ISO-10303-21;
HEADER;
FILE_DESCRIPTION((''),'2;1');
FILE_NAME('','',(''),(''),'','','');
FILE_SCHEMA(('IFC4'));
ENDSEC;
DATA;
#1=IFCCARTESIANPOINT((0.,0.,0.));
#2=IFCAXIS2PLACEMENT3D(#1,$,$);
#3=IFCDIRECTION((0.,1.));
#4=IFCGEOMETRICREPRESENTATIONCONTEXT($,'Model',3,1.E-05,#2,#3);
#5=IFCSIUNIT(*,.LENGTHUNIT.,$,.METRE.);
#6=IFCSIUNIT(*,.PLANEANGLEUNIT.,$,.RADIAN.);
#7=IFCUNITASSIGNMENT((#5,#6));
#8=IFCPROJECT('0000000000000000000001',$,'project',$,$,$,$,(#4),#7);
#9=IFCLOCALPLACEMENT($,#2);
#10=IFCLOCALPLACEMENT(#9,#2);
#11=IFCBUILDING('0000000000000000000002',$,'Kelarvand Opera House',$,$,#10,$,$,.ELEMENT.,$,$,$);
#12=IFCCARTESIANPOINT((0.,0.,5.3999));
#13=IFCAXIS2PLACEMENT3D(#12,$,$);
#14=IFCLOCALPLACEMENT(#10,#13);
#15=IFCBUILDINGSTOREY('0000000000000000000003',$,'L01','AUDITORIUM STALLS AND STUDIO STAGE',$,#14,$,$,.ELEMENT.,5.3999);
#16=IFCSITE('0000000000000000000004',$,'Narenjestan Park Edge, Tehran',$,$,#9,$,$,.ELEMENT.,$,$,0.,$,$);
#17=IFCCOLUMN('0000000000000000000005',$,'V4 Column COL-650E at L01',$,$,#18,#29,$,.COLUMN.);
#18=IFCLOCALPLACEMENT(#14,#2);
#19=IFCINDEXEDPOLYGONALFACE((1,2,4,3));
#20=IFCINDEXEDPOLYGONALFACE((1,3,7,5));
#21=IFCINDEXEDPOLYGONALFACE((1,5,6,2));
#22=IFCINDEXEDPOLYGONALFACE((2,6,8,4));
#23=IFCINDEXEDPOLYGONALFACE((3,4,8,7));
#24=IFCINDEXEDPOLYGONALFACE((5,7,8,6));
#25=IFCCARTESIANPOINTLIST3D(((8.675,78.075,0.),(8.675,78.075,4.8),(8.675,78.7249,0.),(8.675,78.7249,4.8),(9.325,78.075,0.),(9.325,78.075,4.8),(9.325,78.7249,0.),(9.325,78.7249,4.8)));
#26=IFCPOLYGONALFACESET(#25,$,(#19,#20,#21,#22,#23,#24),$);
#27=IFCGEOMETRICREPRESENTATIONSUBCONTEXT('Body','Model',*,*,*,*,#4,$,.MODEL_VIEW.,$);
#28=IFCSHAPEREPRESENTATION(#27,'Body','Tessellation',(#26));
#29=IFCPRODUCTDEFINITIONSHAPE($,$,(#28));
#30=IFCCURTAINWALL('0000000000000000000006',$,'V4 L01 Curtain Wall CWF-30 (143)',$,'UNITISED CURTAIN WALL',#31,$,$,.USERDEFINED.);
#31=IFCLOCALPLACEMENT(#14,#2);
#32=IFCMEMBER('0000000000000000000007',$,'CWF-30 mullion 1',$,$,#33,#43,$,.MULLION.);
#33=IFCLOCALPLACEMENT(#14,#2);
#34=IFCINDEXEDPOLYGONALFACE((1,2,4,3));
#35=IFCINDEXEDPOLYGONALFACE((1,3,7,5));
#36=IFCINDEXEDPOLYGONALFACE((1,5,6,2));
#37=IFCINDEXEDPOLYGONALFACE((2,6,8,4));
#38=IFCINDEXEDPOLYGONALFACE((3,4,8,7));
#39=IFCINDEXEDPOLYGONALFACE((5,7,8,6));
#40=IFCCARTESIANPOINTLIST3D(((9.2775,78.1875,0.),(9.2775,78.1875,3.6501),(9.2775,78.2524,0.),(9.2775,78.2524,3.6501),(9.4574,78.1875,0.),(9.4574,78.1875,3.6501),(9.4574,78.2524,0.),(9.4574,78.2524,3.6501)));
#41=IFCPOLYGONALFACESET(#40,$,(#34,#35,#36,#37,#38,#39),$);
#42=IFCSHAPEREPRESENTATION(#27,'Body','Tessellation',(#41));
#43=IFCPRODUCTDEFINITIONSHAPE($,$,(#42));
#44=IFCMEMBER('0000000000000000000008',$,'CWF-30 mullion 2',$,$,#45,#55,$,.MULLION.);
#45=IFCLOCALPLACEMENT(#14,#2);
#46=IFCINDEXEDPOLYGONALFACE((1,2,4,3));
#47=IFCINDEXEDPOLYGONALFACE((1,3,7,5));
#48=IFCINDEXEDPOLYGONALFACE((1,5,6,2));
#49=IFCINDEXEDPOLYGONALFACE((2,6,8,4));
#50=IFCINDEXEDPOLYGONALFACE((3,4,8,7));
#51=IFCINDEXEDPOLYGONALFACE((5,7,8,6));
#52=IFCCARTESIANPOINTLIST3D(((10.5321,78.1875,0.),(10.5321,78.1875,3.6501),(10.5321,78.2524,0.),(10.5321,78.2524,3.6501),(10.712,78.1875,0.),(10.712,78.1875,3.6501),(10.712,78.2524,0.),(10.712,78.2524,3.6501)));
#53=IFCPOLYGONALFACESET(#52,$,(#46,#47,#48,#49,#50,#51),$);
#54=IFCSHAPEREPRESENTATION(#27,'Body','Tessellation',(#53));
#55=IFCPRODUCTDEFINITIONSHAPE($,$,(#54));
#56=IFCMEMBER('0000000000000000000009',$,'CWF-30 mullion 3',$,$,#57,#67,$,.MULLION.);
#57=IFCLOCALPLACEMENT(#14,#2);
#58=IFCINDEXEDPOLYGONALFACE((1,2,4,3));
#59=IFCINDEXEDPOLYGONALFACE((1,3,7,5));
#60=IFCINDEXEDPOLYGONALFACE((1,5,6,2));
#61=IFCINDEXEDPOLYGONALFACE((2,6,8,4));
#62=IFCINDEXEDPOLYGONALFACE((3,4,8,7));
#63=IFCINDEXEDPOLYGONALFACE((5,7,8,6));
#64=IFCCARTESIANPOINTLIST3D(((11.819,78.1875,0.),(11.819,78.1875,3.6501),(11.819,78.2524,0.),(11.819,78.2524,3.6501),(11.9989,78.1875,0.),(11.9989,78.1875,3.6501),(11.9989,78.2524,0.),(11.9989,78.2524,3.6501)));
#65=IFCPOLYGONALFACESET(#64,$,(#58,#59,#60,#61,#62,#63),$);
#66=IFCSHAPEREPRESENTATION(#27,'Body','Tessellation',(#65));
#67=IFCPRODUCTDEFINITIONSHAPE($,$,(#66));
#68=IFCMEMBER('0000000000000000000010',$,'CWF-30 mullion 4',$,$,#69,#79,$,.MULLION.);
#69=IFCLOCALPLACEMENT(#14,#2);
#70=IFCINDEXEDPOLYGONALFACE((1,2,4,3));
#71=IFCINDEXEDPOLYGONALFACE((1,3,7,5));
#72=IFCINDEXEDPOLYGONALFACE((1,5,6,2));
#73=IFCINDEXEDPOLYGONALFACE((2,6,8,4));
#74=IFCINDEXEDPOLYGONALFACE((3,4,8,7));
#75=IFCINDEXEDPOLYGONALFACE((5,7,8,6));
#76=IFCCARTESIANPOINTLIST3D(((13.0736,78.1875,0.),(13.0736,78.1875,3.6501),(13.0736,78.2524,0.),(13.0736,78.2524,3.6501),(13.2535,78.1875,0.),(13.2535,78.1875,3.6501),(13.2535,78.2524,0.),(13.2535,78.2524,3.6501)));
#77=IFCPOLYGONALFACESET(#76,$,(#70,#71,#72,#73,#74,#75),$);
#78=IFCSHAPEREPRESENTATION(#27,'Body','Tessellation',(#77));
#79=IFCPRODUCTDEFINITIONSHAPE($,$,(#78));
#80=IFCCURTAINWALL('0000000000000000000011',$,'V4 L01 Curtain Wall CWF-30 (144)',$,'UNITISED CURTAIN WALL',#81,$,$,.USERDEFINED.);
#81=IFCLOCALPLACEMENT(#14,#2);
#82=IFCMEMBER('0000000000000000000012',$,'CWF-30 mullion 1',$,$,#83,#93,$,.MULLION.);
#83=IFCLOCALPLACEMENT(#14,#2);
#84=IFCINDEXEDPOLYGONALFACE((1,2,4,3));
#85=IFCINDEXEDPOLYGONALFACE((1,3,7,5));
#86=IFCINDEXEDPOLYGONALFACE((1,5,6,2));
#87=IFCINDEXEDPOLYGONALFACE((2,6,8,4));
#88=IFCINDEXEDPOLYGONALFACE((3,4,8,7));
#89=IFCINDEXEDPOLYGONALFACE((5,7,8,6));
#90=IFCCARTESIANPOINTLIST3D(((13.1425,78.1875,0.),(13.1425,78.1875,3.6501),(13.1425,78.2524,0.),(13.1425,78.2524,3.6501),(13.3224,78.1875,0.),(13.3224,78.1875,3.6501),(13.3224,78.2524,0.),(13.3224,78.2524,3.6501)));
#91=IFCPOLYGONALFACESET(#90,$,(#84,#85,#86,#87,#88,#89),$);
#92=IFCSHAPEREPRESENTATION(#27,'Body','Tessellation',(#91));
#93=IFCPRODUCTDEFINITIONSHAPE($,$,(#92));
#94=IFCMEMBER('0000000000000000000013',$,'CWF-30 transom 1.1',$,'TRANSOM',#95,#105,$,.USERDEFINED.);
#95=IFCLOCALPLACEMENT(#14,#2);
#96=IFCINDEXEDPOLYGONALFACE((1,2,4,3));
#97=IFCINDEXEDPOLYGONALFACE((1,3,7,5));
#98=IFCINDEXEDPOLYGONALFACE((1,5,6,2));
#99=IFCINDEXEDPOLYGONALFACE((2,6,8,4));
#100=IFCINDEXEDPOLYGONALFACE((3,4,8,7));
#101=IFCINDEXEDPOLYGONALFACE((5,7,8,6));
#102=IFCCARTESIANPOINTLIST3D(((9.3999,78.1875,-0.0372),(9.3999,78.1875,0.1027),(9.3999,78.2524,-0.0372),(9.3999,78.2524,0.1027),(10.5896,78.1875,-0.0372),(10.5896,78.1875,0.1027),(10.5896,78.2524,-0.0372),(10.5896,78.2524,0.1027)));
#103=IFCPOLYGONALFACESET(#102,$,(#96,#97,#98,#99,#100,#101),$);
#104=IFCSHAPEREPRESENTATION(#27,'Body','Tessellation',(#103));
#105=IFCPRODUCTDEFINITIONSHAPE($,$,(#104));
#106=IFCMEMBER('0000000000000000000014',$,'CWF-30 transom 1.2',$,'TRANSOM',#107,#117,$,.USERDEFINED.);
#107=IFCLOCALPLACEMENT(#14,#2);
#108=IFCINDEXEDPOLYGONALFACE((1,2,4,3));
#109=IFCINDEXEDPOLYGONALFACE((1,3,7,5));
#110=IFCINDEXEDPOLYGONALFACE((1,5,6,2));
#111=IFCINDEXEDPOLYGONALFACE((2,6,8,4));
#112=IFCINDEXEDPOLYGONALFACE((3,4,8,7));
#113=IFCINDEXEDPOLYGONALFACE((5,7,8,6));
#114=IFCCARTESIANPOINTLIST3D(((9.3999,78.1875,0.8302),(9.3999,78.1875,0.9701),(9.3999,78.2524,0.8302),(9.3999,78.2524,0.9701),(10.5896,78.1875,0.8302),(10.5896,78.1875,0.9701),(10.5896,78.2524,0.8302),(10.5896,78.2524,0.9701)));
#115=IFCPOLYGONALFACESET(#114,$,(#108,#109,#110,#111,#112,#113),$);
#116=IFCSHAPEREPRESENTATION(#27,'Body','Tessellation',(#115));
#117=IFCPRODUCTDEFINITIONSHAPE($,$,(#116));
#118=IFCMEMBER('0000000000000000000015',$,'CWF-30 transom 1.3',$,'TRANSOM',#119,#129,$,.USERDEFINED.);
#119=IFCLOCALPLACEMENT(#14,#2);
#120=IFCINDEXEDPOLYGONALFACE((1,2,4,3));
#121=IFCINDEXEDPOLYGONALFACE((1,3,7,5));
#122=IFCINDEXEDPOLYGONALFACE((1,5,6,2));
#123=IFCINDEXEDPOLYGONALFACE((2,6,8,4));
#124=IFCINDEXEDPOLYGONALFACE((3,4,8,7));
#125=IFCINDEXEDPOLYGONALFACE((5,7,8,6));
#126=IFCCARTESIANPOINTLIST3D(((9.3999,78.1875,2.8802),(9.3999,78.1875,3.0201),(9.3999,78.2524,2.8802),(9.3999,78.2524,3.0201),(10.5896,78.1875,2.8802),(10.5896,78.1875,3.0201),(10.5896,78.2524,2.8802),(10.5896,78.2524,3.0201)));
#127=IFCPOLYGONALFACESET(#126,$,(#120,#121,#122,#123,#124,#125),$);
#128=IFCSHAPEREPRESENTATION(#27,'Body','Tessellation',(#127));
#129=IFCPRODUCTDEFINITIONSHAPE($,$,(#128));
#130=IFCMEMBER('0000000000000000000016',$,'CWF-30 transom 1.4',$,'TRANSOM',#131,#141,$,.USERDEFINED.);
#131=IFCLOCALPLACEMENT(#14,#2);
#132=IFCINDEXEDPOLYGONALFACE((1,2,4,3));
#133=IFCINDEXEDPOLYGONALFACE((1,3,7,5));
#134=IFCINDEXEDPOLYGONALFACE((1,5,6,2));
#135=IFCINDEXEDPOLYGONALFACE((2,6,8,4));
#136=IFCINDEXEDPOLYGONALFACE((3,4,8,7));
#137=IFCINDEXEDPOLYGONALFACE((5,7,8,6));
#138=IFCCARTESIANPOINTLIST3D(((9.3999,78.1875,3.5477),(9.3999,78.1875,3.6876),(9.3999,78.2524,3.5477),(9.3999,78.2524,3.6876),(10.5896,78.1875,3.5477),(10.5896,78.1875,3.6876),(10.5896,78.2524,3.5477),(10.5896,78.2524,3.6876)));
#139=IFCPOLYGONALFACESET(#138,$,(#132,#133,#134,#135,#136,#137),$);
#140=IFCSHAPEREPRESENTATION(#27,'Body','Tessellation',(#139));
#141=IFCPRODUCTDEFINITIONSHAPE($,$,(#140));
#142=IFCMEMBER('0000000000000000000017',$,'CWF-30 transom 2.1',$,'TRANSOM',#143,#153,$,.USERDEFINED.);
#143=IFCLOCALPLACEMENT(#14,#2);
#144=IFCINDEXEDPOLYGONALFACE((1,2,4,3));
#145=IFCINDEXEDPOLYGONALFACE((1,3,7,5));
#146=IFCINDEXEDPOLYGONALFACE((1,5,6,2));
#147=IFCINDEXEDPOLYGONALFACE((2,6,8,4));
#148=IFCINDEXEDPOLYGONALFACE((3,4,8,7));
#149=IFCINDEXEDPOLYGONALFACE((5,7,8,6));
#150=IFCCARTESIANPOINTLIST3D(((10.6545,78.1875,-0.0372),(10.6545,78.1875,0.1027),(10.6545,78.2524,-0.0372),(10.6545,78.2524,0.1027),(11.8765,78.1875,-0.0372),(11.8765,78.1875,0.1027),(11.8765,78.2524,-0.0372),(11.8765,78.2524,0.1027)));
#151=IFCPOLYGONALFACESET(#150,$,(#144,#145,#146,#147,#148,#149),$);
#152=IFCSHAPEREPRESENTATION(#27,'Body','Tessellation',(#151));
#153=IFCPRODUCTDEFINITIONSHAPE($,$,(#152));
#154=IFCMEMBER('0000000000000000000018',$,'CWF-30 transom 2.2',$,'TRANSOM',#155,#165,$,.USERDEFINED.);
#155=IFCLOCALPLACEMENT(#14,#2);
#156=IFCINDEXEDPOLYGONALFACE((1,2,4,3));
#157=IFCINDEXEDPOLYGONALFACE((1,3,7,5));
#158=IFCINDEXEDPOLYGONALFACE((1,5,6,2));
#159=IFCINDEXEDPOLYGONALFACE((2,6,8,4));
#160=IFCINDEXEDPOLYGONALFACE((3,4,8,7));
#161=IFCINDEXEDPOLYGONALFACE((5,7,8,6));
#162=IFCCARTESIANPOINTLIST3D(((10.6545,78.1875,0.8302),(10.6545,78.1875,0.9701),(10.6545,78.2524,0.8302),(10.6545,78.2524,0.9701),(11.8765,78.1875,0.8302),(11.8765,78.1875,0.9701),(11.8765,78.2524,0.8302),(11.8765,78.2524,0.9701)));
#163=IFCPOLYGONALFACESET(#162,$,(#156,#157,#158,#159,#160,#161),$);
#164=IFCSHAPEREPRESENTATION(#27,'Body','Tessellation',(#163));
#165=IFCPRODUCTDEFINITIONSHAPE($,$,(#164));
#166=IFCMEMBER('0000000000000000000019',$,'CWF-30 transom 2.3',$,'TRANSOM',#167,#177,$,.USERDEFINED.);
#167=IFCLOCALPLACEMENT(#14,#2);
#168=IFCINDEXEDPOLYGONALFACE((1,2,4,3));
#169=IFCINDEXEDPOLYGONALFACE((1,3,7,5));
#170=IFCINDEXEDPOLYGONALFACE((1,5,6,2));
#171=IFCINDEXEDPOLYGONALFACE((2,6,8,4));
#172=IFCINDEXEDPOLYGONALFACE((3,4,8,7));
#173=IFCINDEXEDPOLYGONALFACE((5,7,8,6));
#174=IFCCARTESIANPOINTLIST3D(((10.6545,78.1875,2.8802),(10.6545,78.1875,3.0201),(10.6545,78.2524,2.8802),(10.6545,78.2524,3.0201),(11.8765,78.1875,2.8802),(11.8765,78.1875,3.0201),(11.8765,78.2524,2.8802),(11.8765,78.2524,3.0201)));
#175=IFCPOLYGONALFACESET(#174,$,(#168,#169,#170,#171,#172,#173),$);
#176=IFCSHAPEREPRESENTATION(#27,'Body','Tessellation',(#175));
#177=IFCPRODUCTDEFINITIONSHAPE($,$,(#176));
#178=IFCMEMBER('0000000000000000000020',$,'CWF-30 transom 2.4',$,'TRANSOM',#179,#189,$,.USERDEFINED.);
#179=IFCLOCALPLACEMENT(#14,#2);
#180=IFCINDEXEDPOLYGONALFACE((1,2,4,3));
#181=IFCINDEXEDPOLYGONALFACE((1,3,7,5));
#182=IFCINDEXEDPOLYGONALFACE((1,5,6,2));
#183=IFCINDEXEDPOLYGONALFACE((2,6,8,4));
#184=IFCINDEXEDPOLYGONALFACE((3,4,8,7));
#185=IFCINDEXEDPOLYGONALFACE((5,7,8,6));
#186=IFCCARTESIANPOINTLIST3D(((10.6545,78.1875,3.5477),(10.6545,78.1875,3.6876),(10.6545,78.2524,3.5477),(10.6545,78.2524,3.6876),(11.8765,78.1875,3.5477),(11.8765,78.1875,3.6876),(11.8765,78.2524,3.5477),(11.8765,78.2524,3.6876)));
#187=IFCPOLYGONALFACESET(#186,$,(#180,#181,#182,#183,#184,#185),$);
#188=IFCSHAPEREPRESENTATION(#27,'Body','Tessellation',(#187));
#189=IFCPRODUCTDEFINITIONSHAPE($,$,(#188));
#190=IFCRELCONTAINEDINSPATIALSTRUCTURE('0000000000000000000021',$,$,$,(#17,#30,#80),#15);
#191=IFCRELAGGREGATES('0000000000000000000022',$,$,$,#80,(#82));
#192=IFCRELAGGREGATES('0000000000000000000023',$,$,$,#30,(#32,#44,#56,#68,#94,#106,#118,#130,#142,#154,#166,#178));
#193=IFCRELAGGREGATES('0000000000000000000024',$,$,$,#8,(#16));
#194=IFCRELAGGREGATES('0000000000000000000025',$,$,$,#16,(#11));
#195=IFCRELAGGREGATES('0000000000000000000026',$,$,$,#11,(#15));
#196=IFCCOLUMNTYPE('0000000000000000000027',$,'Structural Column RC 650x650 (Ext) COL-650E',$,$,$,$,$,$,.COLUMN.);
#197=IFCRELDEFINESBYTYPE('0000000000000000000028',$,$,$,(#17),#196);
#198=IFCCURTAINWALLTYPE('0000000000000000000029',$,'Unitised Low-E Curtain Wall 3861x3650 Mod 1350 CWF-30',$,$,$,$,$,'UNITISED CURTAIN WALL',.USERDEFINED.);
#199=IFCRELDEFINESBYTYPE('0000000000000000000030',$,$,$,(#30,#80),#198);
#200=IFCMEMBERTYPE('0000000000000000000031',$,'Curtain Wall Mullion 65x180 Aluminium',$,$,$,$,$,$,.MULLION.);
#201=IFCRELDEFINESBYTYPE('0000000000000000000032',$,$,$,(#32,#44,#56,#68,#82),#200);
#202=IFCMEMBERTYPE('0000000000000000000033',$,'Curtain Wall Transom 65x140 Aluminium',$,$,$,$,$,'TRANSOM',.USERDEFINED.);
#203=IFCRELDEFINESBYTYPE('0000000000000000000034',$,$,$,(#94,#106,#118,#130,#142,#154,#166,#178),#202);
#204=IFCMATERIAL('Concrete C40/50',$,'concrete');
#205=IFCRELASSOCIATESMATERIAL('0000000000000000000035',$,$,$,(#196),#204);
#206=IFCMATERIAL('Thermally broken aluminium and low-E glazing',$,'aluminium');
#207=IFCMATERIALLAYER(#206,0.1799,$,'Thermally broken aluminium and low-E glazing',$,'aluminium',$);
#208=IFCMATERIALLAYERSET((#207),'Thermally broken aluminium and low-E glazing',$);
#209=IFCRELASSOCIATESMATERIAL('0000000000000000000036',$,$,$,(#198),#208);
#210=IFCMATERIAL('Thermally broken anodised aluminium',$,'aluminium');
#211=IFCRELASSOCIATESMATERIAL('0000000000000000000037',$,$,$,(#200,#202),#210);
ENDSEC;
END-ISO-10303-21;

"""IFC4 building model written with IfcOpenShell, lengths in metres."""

from ifc_helpers import new_model, si_unit, direction, frame, origin, origin_2d, place, context, subcontext, project, spatial, rectangle, extrude, material, layer, layer_set, material_profile, profile_set, type_object, element, aggregate, save


model = new_model("IFC4")

# Units and contexts
model_context = context("Model", 3, precision=1e-05, world=origin(), true_north=direction((0.0, 1.0)))
body_context = subcontext(model_context, "Body", "Model", "MODEL_VIEW")
ifc_project = project(units=[si_unit("LENGTHUNIT", "METRE"), si_unit("PLANEANGLEUNIT", "RADIAN")], contexts=[model_context])

# Site, building, storey
site_placement = place(None, origin())
site = spatial("IfcSite", under=ifc_project, at=site_placement, Name="Narenjestan Park Edge, Tehran", CompositionType="ELEMENT", RefElevation=0.0)
building_placement = place(site_placement, origin())
building = spatial("IfcBuilding", under=site, at=building_placement, Name="Kelarvand Opera House", CompositionType="ELEMENT")
storey_placement = place(building_placement, frame((0.0, 0.0, 5.3999)))
storey = spatial("IfcBuildingStorey", under=building, at=storey_placement, Name="L01", Description="AUDITORIUM STALLS AND STUDIO STAGE", CompositionType="ELEMENT", Elevation=5.3999)

# Column
ifc_material_1 = material(Name="Concrete C40/50", Category="concrete")
ifc_material_profile_1 = material_profile(ifc_material_1, rectangle(XDim=0.6499, YDim=0.6499, at=origin_2d()), Name="RC 650x650", Category="concrete")
ifc_profile_set_1 = profile_set([ifc_material_profile_1], Name="Concrete C40/50")
column_type = type_object("IfcColumnType", Name="Structural Column RC 650x650 (Ext) COL-650E", PredefinedType="COLUMN", material=ifc_profile_set_1)
column_placement = place(storey_placement, frame((9.0, 78.3999, 0.0), z_axis=(0.0, 0.0, 1.0), x_axis=(1.0, 0.0, 0.0)))
element("IfcColumn", 1, at=column_placement, inside=storey, type_object=column_type, Name="V4 Column COL-650E at L01", PredefinedType="COLUMN", context=body_context, shape_type="SweptSolid", body=[
    extrude(rectangle(XDim=0.6499, YDim=0.6499, at=origin_2d()), origin(), (0.0, 0.0, 1.0), 4.8),
])

# Curtain wall, members
ifc_material_2 = material(Name="Thermally broken aluminium and low-E glazing", Category="aluminium")
ifc_layer_1 = layer(ifc_material_2, 0.1799, Name="Thermally broken aluminium and low-E glazing", Category="aluminium")
ifc_layer_set_1 = layer_set([ifc_layer_1], Name="Thermally broken aluminium and low-E glazing")
curtain_wall_type = type_object("IfcCurtainWallType", Name="Unitised Low-E Curtain Wall 3861x3650 Mod 1350 CWF-30", ElementType="UNITISED CURTAIN WALL", PredefinedType="USERDEFINED", material=ifc_layer_set_1)
curtain_wall_1_placement = place(storey_placement, origin())
curtain_wall_1 = element("IfcCurtainWall", 2, at=curtain_wall_1_placement, inside=storey, type_object=curtain_wall_type, Name="V4 L01 Curtain Wall CWF-30 (143)", ObjectType="UNITISED CURTAIN WALL", PredefinedType="USERDEFINED")
ifc_material_3 = material(Name="Thermally broken anodised aluminium", Category="aluminium")
ifc_material_profile_2 = material_profile(ifc_material_3, rectangle(XDim=0.0649, YDim=0.1799, at=origin_2d()), Name="ALU MULLION 65x180", Category="aluminium")
ifc_profile_set_2 = profile_set([ifc_material_profile_2], Name="Thermally broken anodised aluminium")
member_type_1 = type_object("IfcMemberType", Name="Curtain Wall Mullion 65x180 Aluminium", PredefinedType="MULLION", material=ifc_profile_set_2)
member_1_placement = place(storey_placement, frame((9.3674, 78.22, 0.0), z_axis=(0.0, 0.0, 1.0), x_axis=(0.0, 1.0, 0.0)))
member_1 = element("IfcMember", 3, at=member_1_placement, type_object=member_type_1, Name="CWF-30 mullion 1", PredefinedType="MULLION", context=body_context, shape_type="SweptSolid", body=[
    extrude(rectangle(XDim=0.0649, YDim=0.1799, at=origin_2d()), origin(), (0.0, 0.0, 1.0), 3.6501),
])
member_2_placement = place(storey_placement, frame((10.6221, 78.22, 0.0), z_axis=(0.0, 0.0, 1.0), x_axis=(0.0, 1.0, 0.0)))
member_2 = element("IfcMember", 4, at=member_2_placement, type_object=member_type_1, Name="CWF-30 mullion 2", PredefinedType="MULLION", context=body_context, shape_type="SweptSolid", body=[
    extrude(rectangle(XDim=0.0649, YDim=0.1799, at=origin_2d()), origin(), (0.0, 0.0, 1.0), 3.6501),
])
member_3_placement = place(storey_placement, frame((11.9089, 78.22, 0.0), z_axis=(0.0, 0.0, 1.0), x_axis=(0.0, 1.0, 0.0)))
member_3 = element("IfcMember", 5, at=member_3_placement, type_object=member_type_1, Name="CWF-30 mullion 3", PredefinedType="MULLION", context=body_context, shape_type="SweptSolid", body=[
    extrude(rectangle(XDim=0.0649, YDim=0.1799, at=origin_2d()), origin(), (0.0, 0.0, 1.0), 3.6501),
])
member_4_placement = place(storey_placement, frame((13.1636, 78.22, 0.0), z_axis=(0.0, 0.0, 1.0), x_axis=(0.0, 1.0, 0.0)))
member_4 = element("IfcMember", 6, at=member_4_placement, type_object=member_type_1, Name="CWF-30 mullion 4", PredefinedType="MULLION", context=body_context, shape_type="SweptSolid", body=[
    extrude(rectangle(XDim=0.0649, YDim=0.1799, at=origin_2d()), origin(), (0.0, 0.0, 1.0), 3.6501),
])

# Curtain wall, member
curtain_wall_2_placement = place(storey_placement, origin())
curtain_wall_2 = element("IfcCurtainWall", 7, at=curtain_wall_2_placement, inside=storey, type_object=curtain_wall_type, Name="V4 L01 Curtain Wall CWF-30 (144)", ObjectType="UNITISED CURTAIN WALL", PredefinedType="USERDEFINED")
member_5_placement = place(storey_placement, frame((13.2324, 78.22, 0.0), z_axis=(0.0, 0.0, 1.0), x_axis=(0.0, 1.0, 0.0)))
member_5 = element("IfcMember", 8, at=member_5_placement, type_object=member_type_1, Name="CWF-30 mullion 1", PredefinedType="MULLION", context=body_context, shape_type="SweptSolid", body=[
    extrude(rectangle(XDim=0.0649, YDim=0.1799, at=origin_2d()), origin(), (0.0, 0.0, 1.0), 3.6501),
])
aggregate(curtain_wall_2, [member_5])

# Members
ifc_material_profile_3 = material_profile(ifc_material_3, rectangle(XDim=0.0649, YDim=0.1399, at=origin_2d()), Name="ALU TRANSOM 65x140", Category="aluminium")
ifc_profile_set_3 = profile_set([ifc_material_profile_3], Name="Thermally broken anodised aluminium")
member_type_2 = type_object("IfcMemberType", Name="Curtain Wall Transom 65x140 Aluminium", ElementType="TRANSOM", PredefinedType="USERDEFINED", material=ifc_profile_set_3)
member_6_placement = place(storey_placement, frame((9.3999, 78.22, 0.0327), z_axis=(1.0, 0.0, 0.0), x_axis=(0.0, 1.0, 0.0)))
member_6 = element("IfcMember", 9, at=member_6_placement, type_object=member_type_2, Name="CWF-30 transom 1.1", ObjectType="TRANSOM", PredefinedType="USERDEFINED", context=body_context, shape_type="SweptSolid", body=[
    extrude(rectangle(XDim=0.0649, YDim=0.1399, at=origin_2d()), origin(), (0.0, 0.0, 1.0), 1.1897),
])
member_7_placement = place(storey_placement, frame((9.3999, 78.22, 0.9001), z_axis=(1.0, 0.0, 0.0), x_axis=(0.0, 1.0, 0.0)))
member_7 = element("IfcMember", 10, at=member_7_placement, type_object=member_type_2, Name="CWF-30 transom 1.2", ObjectType="TRANSOM", PredefinedType="USERDEFINED", context=body_context, shape_type="SweptSolid", body=[
    extrude(rectangle(XDim=0.0649, YDim=0.1399, at=origin_2d()), origin(), (0.0, 0.0, 1.0), 1.1897),
])
member_8_placement = place(storey_placement, frame((9.3999, 78.22, 2.9502), z_axis=(1.0, 0.0, 0.0), x_axis=(0.0, 1.0, 0.0)))
member_8 = element("IfcMember", 11, at=member_8_placement, type_object=member_type_2, Name="CWF-30 transom 1.3", ObjectType="TRANSOM", PredefinedType="USERDEFINED", context=body_context, shape_type="SweptSolid", body=[
    extrude(rectangle(XDim=0.0649, YDim=0.1399, at=origin_2d()), origin(), (0.0, 0.0, 1.0), 1.1897),
])
member_9_placement = place(storey_placement, frame((9.3999, 78.22, 3.6177), z_axis=(1.0, 0.0, 0.0), x_axis=(0.0, 1.0, 0.0)))
member_9 = element("IfcMember", 12, at=member_9_placement, type_object=member_type_2, Name="CWF-30 transom 1.4", ObjectType="TRANSOM", PredefinedType="USERDEFINED", context=body_context, shape_type="SweptSolid", body=[
    extrude(rectangle(XDim=0.0649, YDim=0.1399, at=origin_2d()), origin(), (0.0, 0.0, 1.0), 1.1897),
])
member_10_placement = place(storey_placement, frame((10.6545, 78.22, 0.0327), z_axis=(1.0, 0.0, 0.0), x_axis=(0.0, 1.0, 0.0)))
member_10 = element("IfcMember", 13, at=member_10_placement, type_object=member_type_2, Name="CWF-30 transom 2.1", ObjectType="TRANSOM", PredefinedType="USERDEFINED", context=body_context, shape_type="SweptSolid", body=[
    extrude(rectangle(XDim=0.0649, YDim=0.1399, at=origin_2d()), origin(), (0.0, 0.0, 1.0), 1.2219),
])
member_11_placement = place(storey_placement, frame((10.6545, 78.22, 0.9001), z_axis=(1.0, 0.0, 0.0), x_axis=(0.0, 1.0, 0.0)))
member_11 = element("IfcMember", 14, at=member_11_placement, type_object=member_type_2, Name="CWF-30 transom 2.2", ObjectType="TRANSOM", PredefinedType="USERDEFINED", context=body_context, shape_type="SweptSolid", body=[
    extrude(rectangle(XDim=0.0649, YDim=0.1399, at=origin_2d()), origin(), (0.0, 0.0, 1.0), 1.2219),
])
member_12_placement = place(storey_placement, frame((10.6545, 78.22, 2.9502), z_axis=(1.0, 0.0, 0.0), x_axis=(0.0, 1.0, 0.0)))
member_12 = element("IfcMember", 15, at=member_12_placement, type_object=member_type_2, Name="CWF-30 transom 2.3", ObjectType="TRANSOM", PredefinedType="USERDEFINED", context=body_context, shape_type="SweptSolid", body=[
    extrude(rectangle(XDim=0.0649, YDim=0.1399, at=origin_2d()), origin(), (0.0, 0.0, 1.0), 1.2219),
])
member_13_placement = place(storey_placement, frame((10.6545, 78.22, 3.6177), z_axis=(1.0, 0.0, 0.0), x_axis=(0.0, 1.0, 0.0)))
member_13 = element("IfcMember", 16, at=member_13_placement, type_object=member_type_2, Name="CWF-30 transom 2.4", ObjectType="TRANSOM", PredefinedType="USERDEFINED", context=body_context, shape_type="SweptSolid", body=[
    extrude(rectangle(XDim=0.0649, YDim=0.1399, at=origin_2d()), origin(), (0.0, 0.0, 1.0), 1.2219),
])

aggregate(curtain_wall_1, [member_1, member_2, member_3, member_4, member_6, member_7, member_8, member_9, member_10, member_11, member_12, member_13])

save(model, "model.ifc")
